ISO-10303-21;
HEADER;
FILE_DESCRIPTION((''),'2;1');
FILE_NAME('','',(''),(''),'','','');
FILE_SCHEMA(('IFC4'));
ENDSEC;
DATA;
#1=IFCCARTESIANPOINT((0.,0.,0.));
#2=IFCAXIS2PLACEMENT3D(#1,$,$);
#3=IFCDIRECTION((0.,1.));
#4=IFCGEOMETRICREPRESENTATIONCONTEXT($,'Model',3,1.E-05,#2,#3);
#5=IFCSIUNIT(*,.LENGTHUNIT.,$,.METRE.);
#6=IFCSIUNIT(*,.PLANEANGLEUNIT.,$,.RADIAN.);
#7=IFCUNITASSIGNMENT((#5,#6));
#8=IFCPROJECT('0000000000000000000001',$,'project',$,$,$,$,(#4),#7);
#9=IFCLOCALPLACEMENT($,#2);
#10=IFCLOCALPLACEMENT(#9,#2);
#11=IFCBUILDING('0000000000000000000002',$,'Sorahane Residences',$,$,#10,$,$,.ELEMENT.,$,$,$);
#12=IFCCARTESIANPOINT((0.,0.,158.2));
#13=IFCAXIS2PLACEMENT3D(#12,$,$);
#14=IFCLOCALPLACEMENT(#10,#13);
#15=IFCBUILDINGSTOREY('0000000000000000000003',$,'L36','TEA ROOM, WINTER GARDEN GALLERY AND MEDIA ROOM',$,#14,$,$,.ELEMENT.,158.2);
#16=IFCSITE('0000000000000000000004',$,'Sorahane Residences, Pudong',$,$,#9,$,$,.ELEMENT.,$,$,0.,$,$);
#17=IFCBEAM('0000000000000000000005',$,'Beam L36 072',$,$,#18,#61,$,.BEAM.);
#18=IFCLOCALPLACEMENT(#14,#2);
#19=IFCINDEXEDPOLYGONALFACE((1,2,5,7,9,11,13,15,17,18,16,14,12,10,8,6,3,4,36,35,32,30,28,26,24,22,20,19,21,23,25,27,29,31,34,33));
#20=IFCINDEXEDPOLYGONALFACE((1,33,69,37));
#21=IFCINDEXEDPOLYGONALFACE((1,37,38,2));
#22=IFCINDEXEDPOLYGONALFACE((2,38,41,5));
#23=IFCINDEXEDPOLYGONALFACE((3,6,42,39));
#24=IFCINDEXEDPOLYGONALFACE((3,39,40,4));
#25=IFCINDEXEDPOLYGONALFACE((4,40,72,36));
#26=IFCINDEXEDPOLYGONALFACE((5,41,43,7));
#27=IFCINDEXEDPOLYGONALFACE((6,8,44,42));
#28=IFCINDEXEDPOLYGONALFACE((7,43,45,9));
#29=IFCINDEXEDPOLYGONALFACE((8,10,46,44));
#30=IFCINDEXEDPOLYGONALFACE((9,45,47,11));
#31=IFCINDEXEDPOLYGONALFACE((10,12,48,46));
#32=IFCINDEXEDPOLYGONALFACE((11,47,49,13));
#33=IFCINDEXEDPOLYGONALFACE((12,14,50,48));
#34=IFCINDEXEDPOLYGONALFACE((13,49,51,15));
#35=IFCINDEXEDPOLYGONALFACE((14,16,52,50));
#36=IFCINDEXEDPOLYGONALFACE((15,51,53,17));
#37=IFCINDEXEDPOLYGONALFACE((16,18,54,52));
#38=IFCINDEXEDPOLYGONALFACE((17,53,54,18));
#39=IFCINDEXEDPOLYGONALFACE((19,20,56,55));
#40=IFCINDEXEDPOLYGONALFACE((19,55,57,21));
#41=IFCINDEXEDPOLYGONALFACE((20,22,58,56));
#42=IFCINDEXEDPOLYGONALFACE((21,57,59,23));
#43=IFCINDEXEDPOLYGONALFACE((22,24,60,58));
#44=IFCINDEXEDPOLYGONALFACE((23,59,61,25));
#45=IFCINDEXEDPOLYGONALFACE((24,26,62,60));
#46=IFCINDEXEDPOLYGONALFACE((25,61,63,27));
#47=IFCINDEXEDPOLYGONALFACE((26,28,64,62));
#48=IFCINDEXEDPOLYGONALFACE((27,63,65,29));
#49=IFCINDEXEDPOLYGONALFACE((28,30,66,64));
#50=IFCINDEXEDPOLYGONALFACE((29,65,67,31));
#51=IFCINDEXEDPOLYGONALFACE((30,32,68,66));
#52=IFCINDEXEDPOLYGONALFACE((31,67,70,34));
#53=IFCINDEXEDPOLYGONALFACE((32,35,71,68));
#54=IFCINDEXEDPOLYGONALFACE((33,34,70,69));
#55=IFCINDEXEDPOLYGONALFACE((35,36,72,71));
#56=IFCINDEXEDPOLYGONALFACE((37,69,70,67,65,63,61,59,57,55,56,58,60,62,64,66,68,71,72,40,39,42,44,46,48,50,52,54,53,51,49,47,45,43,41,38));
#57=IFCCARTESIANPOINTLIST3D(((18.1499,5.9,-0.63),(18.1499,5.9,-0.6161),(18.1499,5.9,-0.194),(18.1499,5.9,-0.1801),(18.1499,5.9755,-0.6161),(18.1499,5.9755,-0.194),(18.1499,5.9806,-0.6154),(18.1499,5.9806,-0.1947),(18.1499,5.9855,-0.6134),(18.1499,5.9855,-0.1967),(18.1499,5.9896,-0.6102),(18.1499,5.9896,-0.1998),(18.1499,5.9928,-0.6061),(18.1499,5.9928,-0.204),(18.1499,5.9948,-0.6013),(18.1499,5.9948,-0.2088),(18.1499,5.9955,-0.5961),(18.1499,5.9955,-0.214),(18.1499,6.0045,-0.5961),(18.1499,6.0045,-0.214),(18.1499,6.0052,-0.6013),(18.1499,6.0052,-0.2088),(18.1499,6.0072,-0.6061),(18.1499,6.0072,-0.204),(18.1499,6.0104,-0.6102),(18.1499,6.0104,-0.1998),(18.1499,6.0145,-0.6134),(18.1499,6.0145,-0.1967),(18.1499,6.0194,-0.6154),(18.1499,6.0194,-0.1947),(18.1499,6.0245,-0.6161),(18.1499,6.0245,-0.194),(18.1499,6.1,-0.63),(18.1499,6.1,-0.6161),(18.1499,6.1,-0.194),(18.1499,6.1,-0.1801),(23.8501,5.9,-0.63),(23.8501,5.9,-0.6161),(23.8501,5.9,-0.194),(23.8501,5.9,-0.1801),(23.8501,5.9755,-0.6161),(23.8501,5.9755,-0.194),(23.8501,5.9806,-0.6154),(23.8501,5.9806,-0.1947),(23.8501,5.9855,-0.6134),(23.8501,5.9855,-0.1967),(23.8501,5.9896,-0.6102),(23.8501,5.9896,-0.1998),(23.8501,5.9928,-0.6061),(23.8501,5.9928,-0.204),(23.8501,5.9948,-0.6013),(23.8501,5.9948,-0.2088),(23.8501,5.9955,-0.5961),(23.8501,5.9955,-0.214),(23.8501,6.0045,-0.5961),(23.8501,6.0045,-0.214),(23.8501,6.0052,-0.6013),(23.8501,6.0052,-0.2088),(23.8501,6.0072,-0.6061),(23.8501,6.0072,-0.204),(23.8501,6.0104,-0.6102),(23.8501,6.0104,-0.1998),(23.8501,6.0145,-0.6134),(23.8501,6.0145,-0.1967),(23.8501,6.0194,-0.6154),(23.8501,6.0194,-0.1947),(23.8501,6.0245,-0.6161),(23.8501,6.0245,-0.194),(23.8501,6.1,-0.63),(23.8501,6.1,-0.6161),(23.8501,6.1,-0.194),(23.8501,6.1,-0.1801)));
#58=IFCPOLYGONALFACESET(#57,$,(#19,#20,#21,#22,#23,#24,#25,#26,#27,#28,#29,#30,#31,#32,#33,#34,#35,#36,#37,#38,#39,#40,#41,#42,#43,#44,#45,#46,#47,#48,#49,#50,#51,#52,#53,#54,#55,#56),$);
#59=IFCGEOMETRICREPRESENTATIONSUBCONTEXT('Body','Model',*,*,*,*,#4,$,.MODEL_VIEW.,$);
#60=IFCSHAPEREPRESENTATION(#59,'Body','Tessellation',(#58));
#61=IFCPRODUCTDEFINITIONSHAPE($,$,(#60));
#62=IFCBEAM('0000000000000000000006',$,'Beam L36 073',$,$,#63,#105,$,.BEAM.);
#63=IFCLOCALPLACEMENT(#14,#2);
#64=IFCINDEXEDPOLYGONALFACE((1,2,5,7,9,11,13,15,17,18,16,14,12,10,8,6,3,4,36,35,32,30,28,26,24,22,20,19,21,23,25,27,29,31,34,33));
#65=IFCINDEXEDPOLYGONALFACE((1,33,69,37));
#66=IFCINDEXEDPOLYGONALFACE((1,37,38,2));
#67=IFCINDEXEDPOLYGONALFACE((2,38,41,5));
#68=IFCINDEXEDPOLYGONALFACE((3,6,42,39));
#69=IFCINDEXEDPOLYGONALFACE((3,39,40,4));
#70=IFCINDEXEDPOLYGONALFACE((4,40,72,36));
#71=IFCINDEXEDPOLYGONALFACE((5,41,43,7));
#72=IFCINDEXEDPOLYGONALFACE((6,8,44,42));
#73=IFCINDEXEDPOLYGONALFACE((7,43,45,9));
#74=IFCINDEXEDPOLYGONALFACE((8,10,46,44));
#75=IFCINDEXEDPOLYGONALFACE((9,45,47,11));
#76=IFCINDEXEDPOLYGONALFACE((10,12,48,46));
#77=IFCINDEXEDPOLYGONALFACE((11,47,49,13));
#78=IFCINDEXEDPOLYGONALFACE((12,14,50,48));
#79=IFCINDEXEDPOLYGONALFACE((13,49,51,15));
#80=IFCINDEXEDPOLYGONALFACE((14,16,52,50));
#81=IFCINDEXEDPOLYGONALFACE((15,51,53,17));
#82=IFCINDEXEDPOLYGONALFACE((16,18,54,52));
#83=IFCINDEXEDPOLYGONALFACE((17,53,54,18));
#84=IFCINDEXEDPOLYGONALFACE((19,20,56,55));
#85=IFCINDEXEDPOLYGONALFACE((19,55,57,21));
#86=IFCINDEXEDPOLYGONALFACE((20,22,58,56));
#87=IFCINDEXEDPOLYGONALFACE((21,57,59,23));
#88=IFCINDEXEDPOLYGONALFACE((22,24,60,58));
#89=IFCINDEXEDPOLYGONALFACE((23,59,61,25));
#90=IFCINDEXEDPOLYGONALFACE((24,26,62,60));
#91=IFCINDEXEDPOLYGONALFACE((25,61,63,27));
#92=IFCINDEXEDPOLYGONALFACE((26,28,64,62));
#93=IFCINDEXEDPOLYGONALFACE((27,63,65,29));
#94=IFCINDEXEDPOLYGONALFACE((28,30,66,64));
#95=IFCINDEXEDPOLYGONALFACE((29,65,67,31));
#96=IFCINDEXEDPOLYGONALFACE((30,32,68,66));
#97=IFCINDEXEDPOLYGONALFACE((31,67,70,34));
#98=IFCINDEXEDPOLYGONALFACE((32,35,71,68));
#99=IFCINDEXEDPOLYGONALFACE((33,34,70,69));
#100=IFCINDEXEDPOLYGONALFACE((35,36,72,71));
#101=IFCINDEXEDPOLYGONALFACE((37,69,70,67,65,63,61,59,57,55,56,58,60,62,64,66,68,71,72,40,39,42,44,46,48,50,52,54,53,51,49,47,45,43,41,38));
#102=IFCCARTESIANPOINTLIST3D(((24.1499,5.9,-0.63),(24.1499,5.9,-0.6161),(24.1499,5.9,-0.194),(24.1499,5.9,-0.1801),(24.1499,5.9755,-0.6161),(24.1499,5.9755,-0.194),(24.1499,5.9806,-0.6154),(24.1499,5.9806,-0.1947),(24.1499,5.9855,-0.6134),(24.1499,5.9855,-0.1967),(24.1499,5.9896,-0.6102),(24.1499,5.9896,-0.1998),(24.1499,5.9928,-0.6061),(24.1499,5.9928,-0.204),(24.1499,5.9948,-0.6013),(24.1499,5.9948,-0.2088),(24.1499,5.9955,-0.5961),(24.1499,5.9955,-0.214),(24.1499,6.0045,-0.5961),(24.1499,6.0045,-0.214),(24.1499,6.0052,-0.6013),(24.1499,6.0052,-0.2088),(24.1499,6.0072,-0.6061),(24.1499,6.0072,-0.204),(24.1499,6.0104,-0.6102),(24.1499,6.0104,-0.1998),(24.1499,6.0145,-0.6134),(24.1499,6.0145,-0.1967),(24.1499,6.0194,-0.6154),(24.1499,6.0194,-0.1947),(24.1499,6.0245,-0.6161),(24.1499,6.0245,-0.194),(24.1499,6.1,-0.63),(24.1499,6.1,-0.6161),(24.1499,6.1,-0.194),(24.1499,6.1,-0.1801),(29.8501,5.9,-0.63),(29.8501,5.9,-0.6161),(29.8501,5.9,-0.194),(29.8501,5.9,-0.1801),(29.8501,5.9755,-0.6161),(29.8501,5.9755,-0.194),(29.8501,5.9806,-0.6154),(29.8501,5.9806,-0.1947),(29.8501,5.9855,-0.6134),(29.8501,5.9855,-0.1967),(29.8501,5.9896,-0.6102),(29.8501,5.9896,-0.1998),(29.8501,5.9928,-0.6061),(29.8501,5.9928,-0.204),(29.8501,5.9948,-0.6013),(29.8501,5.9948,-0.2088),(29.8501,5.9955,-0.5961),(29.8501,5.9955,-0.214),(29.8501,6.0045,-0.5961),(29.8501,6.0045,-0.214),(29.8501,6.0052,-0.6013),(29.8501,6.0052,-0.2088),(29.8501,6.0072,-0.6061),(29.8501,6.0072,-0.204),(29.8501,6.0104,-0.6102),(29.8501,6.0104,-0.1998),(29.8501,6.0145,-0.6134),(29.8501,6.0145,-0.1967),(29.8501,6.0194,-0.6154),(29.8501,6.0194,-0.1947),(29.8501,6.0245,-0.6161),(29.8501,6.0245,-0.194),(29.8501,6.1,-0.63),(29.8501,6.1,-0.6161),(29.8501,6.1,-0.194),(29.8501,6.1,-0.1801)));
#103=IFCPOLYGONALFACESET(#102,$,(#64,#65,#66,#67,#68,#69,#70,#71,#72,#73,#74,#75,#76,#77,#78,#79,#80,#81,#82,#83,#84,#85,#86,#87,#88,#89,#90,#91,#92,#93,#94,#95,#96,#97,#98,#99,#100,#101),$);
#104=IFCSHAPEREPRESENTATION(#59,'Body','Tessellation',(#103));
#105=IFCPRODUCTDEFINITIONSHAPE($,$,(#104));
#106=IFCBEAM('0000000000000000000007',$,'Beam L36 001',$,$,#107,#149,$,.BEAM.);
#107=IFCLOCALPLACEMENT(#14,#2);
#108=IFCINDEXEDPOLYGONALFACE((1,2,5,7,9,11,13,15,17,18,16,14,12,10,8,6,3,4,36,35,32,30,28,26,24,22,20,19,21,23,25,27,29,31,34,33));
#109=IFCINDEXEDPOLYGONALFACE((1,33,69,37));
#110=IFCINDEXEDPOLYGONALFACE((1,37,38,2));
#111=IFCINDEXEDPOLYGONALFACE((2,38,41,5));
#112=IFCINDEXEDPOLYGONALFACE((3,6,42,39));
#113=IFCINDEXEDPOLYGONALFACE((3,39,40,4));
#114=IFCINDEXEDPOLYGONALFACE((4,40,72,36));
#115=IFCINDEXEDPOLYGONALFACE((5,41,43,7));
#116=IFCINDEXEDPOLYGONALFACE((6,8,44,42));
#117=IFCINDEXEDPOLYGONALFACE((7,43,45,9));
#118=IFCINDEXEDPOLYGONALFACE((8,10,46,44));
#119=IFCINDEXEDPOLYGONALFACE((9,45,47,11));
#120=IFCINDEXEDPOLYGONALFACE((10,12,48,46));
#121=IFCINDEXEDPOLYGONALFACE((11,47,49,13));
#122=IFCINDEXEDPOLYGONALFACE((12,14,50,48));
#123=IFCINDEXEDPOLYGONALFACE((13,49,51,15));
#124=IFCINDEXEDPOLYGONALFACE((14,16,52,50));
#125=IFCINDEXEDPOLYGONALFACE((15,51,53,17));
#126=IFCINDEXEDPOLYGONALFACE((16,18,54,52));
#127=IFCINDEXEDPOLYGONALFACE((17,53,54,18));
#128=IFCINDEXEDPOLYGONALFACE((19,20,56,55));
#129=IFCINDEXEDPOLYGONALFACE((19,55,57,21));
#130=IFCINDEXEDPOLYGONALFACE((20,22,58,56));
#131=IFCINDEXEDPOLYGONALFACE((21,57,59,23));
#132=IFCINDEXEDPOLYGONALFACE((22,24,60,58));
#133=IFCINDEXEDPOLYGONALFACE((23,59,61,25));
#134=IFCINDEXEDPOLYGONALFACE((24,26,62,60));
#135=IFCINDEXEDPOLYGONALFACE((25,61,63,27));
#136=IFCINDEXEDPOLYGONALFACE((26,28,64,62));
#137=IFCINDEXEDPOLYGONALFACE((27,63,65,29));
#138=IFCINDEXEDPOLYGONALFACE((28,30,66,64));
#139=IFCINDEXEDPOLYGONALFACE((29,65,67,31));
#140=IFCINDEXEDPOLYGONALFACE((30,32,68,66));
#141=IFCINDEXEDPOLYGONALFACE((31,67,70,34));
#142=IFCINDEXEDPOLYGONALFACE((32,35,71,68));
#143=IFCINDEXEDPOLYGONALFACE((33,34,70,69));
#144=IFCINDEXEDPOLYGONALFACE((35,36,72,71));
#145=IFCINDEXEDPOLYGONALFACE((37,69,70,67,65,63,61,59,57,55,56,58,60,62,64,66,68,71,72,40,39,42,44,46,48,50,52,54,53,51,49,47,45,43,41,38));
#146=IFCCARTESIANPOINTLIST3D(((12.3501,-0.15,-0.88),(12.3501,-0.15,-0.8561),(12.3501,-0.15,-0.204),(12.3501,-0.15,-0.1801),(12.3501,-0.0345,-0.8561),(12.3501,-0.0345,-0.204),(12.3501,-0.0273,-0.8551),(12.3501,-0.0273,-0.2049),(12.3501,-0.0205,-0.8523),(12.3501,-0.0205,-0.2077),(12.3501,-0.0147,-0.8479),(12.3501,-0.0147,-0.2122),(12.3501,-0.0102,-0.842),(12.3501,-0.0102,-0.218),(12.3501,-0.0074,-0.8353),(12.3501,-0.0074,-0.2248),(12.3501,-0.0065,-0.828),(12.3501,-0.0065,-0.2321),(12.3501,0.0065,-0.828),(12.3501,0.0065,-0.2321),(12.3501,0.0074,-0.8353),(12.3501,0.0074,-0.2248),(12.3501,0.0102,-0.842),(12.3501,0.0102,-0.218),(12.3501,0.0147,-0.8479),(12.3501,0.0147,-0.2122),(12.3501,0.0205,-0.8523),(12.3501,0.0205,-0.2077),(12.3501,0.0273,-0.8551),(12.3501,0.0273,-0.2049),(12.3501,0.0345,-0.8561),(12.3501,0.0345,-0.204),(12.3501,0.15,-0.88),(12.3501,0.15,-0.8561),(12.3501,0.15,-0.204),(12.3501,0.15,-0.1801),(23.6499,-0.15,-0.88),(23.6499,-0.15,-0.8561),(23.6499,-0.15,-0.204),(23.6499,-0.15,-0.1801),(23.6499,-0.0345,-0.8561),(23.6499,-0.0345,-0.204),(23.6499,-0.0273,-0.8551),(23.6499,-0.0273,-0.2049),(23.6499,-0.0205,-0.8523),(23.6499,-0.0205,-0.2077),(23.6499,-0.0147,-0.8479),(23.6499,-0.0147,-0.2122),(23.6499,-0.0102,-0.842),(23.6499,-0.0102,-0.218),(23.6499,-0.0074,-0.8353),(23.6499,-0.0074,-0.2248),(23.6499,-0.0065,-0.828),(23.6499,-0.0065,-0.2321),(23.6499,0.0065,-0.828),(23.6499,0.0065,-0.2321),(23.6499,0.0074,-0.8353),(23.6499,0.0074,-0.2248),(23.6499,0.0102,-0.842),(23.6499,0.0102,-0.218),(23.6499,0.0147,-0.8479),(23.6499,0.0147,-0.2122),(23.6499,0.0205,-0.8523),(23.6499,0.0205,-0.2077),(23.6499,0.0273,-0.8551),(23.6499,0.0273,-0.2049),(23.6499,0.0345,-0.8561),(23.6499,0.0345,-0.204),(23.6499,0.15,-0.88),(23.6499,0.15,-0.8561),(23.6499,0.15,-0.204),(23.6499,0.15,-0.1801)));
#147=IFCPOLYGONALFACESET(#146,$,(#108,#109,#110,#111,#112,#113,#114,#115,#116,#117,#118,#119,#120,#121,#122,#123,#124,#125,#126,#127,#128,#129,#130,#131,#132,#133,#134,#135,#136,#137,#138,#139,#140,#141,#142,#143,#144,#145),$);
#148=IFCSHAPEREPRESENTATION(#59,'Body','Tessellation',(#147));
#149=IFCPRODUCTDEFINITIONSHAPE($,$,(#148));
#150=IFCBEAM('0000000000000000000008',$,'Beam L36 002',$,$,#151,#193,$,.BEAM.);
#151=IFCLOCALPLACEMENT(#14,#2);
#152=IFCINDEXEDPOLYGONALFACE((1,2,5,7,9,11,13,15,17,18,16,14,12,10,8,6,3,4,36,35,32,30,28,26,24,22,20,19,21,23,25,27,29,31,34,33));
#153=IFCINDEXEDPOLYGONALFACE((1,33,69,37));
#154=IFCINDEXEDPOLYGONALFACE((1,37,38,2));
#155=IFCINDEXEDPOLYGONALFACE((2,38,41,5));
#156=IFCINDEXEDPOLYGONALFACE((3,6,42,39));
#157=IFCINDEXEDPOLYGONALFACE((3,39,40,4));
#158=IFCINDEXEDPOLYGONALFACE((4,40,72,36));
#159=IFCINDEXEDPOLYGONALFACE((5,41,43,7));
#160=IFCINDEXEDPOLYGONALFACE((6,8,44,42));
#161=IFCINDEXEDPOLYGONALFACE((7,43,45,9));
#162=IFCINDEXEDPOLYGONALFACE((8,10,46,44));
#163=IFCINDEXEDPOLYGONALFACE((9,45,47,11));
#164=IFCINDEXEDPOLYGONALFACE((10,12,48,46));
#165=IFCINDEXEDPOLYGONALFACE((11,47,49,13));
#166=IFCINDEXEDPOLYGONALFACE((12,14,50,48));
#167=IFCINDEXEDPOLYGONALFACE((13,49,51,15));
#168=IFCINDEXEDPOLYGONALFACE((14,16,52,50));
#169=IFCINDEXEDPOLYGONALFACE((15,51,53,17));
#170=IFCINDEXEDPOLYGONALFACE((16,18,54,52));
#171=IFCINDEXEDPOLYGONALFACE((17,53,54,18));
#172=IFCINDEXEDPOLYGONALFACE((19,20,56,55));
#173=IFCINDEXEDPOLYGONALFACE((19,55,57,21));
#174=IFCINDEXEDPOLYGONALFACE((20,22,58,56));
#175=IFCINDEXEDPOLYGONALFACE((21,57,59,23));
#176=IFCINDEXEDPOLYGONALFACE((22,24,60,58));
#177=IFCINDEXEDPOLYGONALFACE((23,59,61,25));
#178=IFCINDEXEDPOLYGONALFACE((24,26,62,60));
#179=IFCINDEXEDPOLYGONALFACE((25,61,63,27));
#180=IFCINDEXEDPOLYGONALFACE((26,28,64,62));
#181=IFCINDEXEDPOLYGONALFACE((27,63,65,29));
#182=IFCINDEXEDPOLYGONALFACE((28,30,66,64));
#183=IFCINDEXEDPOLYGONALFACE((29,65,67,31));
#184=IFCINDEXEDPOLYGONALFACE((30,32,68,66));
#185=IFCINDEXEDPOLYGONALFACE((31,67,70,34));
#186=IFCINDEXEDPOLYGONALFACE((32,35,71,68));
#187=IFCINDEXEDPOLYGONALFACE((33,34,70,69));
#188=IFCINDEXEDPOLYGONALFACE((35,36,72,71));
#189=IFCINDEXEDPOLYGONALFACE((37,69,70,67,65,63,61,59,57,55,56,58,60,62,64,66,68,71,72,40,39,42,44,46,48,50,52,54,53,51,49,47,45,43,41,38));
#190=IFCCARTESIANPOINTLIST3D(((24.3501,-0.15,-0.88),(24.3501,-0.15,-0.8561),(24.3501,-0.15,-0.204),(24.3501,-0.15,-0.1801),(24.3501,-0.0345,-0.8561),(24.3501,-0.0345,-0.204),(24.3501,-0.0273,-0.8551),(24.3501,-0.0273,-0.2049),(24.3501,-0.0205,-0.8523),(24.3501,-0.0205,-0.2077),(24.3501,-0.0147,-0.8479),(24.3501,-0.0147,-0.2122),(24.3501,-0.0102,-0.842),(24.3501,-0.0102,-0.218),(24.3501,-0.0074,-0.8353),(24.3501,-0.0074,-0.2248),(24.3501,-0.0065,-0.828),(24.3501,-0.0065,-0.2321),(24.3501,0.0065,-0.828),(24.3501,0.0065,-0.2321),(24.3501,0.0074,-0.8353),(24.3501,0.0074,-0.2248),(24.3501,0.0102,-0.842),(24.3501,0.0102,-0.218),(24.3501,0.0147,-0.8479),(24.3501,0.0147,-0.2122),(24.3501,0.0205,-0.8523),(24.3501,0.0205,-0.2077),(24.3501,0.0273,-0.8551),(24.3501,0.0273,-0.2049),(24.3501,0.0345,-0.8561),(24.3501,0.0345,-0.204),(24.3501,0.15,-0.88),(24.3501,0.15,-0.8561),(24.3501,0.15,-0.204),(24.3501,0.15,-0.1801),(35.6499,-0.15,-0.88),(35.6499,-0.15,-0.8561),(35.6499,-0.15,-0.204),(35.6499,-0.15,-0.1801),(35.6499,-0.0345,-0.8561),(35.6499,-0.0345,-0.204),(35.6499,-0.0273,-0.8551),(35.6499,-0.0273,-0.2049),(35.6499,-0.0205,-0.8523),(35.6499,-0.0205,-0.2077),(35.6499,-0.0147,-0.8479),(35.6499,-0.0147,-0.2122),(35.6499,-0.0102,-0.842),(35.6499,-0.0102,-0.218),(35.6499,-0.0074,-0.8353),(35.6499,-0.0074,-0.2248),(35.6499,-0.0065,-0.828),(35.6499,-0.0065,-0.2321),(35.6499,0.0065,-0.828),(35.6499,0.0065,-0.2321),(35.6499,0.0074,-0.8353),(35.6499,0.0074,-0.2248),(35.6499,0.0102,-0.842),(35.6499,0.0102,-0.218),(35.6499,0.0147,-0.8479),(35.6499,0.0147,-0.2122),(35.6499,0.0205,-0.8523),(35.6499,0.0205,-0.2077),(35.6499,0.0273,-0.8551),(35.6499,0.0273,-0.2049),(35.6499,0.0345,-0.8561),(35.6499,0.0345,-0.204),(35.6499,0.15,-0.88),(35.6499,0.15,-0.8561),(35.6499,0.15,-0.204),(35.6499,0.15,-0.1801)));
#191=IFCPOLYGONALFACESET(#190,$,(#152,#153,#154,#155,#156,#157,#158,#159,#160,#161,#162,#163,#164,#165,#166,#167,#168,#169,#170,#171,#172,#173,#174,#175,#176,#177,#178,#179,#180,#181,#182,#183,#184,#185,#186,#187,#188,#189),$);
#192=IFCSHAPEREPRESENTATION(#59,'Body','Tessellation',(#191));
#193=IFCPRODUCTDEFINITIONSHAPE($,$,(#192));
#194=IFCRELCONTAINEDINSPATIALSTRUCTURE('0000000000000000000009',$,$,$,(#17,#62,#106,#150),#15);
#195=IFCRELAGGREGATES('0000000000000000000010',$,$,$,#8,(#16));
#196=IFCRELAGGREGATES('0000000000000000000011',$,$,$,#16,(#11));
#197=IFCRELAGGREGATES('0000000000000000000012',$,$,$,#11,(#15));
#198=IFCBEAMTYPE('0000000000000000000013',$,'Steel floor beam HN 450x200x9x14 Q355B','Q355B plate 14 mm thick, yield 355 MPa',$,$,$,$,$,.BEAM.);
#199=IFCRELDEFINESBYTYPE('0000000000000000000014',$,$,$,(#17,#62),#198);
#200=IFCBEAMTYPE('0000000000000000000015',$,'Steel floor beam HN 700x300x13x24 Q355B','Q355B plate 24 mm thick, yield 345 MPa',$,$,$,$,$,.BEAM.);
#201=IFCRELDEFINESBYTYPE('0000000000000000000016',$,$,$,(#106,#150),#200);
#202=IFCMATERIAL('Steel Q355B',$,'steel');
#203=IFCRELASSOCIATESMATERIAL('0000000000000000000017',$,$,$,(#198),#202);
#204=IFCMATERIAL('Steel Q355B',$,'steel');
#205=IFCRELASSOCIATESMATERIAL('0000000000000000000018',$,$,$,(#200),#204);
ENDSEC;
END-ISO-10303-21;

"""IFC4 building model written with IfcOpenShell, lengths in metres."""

from ifc_helpers import new_model, si_unit, direction, frame, origin, origin_2d, place, context, subcontext, project, spatial, i_section, extrude, material, material_profile, profile_set, type_object, element, save


model = new_model("IFC4")

# Units and contexts
model_context = context("Model", 3, precision=1e-05, world=origin(), true_north=direction((0.0, 1.0)))
body_context = subcontext(model_context, "Body", "Model", "MODEL_VIEW")
ifc_project = project(units=[si_unit("LENGTHUNIT", "METRE"), si_unit("PLANEANGLEUNIT", "RADIAN")], contexts=[model_context])

# Site, building, storey
site_placement = place(None, origin())
site = spatial("IfcSite", under=ifc_project, at=site_placement, Name="Sorahane Residences, Pudong", CompositionType="ELEMENT", RefElevation=0.0)
building_placement = place(site_placement, origin())
building = spatial("IfcBuilding", under=site, at=building_placement, Name="Sorahane Residences", CompositionType="ELEMENT")
storey_placement = place(building_placement, frame((0.0, 0.0, 158.2)))
storey = spatial("IfcBuildingStorey", under=building, at=storey_placement, Name="L36", Description="TEA ROOM, WINTER GARDEN GALLERY AND MEDIA ROOM", CompositionType="ELEMENT", Elevation=158.2)

# Beams
ifc_material_1 = material(Name="Steel Q355B", Category="steel")
ifc_material_profile_1 = material_profile(ifc_material_1, i_section(OverallWidth=0.2, OverallDepth=0.45, WebThickness=0.009, FlangeThickness=0.0139, FilletRadius=0.02, at=origin_2d()), Name="HN 450x200x9x14")
ifc_profile_set_1 = profile_set([ifc_material_profile_1], Name="Steel Q355B")
beam_type_1 = type_object("IfcBeamType", Name="Steel floor beam HN 450x200x9x14 Q355B", Description="Q355B plate 14 mm thick, yield 355 MPa", PredefinedType="BEAM", material=ifc_profile_set_1)
for number, where, z_axis, x_axis, name in (
    (1, (18.1499, 6.0, -0.405), (1.0, 0.0, 0.0), (0.0, 1.0, 0.0), "Beam L36 072"),
    (2, (24.1499, 6.0, -0.405), (1.0, 0.0, 0.0), (0.0, 1.0, 0.0), "Beam L36 073"),
):
    element("IfcBeam", number, at=place(storey_placement, frame(where, z_axis=z_axis, x_axis=x_axis)), inside=storey, type_object=beam_type_1, Name=name, PredefinedType="BEAM", context=body_context, shape_type="SweptSolid", body=[
        extrude(i_section(OverallWidth=0.2, OverallDepth=0.45, WebThickness=0.009, FlangeThickness=0.0139, FilletRadius=0.02, at=origin_2d()), origin(), (0.0, 0.0, 1.0), 5.7002),
    ])
ifc_material_2 = material(Name="Steel Q355B", Category="steel")
ifc_material_profile_2 = material_profile(ifc_material_2, i_section(OverallWidth=0.3, OverallDepth=0.7, WebThickness=0.0129, FlangeThickness=0.0239, FilletRadius=0.0281, at=origin_2d()), Name="HN 700x300x13x24")
ifc_profile_set_2 = profile_set([ifc_material_profile_2], Name="Steel Q355B")
beam_type_2 = type_object("IfcBeamType", Name="Steel floor beam HN 700x300x13x24 Q355B", Description="Q355B plate 24 mm thick, yield 345 MPa", PredefinedType="BEAM", material=ifc_profile_set_2)
for number, where, z_axis, x_axis, name in (
    (3, (12.3501, 0.0, -0.53), (1.0, 0.0, 0.0), (0.0, 1.0, 0.0), "Beam L36 001"),
    (4, (24.3501, 0.0, -0.53), (1.0, 0.0, 0.0), (0.0, 1.0, 0.0), "Beam L36 002"),
):
    element("IfcBeam", number, at=place(storey_placement, frame(where, z_axis=z_axis, x_axis=x_axis)), inside=storey, type_object=beam_type_2, Name=name, PredefinedType="BEAM", context=body_context, shape_type="SweptSolid", body=[
        extrude(i_section(OverallWidth=0.3, OverallDepth=0.7, WebThickness=0.0129, FlangeThickness=0.0239, FilletRadius=0.0281, at=origin_2d()), origin(), (0.0, 0.0, 1.0), 11.2998),
    ])

save(model, "model.ifc")
